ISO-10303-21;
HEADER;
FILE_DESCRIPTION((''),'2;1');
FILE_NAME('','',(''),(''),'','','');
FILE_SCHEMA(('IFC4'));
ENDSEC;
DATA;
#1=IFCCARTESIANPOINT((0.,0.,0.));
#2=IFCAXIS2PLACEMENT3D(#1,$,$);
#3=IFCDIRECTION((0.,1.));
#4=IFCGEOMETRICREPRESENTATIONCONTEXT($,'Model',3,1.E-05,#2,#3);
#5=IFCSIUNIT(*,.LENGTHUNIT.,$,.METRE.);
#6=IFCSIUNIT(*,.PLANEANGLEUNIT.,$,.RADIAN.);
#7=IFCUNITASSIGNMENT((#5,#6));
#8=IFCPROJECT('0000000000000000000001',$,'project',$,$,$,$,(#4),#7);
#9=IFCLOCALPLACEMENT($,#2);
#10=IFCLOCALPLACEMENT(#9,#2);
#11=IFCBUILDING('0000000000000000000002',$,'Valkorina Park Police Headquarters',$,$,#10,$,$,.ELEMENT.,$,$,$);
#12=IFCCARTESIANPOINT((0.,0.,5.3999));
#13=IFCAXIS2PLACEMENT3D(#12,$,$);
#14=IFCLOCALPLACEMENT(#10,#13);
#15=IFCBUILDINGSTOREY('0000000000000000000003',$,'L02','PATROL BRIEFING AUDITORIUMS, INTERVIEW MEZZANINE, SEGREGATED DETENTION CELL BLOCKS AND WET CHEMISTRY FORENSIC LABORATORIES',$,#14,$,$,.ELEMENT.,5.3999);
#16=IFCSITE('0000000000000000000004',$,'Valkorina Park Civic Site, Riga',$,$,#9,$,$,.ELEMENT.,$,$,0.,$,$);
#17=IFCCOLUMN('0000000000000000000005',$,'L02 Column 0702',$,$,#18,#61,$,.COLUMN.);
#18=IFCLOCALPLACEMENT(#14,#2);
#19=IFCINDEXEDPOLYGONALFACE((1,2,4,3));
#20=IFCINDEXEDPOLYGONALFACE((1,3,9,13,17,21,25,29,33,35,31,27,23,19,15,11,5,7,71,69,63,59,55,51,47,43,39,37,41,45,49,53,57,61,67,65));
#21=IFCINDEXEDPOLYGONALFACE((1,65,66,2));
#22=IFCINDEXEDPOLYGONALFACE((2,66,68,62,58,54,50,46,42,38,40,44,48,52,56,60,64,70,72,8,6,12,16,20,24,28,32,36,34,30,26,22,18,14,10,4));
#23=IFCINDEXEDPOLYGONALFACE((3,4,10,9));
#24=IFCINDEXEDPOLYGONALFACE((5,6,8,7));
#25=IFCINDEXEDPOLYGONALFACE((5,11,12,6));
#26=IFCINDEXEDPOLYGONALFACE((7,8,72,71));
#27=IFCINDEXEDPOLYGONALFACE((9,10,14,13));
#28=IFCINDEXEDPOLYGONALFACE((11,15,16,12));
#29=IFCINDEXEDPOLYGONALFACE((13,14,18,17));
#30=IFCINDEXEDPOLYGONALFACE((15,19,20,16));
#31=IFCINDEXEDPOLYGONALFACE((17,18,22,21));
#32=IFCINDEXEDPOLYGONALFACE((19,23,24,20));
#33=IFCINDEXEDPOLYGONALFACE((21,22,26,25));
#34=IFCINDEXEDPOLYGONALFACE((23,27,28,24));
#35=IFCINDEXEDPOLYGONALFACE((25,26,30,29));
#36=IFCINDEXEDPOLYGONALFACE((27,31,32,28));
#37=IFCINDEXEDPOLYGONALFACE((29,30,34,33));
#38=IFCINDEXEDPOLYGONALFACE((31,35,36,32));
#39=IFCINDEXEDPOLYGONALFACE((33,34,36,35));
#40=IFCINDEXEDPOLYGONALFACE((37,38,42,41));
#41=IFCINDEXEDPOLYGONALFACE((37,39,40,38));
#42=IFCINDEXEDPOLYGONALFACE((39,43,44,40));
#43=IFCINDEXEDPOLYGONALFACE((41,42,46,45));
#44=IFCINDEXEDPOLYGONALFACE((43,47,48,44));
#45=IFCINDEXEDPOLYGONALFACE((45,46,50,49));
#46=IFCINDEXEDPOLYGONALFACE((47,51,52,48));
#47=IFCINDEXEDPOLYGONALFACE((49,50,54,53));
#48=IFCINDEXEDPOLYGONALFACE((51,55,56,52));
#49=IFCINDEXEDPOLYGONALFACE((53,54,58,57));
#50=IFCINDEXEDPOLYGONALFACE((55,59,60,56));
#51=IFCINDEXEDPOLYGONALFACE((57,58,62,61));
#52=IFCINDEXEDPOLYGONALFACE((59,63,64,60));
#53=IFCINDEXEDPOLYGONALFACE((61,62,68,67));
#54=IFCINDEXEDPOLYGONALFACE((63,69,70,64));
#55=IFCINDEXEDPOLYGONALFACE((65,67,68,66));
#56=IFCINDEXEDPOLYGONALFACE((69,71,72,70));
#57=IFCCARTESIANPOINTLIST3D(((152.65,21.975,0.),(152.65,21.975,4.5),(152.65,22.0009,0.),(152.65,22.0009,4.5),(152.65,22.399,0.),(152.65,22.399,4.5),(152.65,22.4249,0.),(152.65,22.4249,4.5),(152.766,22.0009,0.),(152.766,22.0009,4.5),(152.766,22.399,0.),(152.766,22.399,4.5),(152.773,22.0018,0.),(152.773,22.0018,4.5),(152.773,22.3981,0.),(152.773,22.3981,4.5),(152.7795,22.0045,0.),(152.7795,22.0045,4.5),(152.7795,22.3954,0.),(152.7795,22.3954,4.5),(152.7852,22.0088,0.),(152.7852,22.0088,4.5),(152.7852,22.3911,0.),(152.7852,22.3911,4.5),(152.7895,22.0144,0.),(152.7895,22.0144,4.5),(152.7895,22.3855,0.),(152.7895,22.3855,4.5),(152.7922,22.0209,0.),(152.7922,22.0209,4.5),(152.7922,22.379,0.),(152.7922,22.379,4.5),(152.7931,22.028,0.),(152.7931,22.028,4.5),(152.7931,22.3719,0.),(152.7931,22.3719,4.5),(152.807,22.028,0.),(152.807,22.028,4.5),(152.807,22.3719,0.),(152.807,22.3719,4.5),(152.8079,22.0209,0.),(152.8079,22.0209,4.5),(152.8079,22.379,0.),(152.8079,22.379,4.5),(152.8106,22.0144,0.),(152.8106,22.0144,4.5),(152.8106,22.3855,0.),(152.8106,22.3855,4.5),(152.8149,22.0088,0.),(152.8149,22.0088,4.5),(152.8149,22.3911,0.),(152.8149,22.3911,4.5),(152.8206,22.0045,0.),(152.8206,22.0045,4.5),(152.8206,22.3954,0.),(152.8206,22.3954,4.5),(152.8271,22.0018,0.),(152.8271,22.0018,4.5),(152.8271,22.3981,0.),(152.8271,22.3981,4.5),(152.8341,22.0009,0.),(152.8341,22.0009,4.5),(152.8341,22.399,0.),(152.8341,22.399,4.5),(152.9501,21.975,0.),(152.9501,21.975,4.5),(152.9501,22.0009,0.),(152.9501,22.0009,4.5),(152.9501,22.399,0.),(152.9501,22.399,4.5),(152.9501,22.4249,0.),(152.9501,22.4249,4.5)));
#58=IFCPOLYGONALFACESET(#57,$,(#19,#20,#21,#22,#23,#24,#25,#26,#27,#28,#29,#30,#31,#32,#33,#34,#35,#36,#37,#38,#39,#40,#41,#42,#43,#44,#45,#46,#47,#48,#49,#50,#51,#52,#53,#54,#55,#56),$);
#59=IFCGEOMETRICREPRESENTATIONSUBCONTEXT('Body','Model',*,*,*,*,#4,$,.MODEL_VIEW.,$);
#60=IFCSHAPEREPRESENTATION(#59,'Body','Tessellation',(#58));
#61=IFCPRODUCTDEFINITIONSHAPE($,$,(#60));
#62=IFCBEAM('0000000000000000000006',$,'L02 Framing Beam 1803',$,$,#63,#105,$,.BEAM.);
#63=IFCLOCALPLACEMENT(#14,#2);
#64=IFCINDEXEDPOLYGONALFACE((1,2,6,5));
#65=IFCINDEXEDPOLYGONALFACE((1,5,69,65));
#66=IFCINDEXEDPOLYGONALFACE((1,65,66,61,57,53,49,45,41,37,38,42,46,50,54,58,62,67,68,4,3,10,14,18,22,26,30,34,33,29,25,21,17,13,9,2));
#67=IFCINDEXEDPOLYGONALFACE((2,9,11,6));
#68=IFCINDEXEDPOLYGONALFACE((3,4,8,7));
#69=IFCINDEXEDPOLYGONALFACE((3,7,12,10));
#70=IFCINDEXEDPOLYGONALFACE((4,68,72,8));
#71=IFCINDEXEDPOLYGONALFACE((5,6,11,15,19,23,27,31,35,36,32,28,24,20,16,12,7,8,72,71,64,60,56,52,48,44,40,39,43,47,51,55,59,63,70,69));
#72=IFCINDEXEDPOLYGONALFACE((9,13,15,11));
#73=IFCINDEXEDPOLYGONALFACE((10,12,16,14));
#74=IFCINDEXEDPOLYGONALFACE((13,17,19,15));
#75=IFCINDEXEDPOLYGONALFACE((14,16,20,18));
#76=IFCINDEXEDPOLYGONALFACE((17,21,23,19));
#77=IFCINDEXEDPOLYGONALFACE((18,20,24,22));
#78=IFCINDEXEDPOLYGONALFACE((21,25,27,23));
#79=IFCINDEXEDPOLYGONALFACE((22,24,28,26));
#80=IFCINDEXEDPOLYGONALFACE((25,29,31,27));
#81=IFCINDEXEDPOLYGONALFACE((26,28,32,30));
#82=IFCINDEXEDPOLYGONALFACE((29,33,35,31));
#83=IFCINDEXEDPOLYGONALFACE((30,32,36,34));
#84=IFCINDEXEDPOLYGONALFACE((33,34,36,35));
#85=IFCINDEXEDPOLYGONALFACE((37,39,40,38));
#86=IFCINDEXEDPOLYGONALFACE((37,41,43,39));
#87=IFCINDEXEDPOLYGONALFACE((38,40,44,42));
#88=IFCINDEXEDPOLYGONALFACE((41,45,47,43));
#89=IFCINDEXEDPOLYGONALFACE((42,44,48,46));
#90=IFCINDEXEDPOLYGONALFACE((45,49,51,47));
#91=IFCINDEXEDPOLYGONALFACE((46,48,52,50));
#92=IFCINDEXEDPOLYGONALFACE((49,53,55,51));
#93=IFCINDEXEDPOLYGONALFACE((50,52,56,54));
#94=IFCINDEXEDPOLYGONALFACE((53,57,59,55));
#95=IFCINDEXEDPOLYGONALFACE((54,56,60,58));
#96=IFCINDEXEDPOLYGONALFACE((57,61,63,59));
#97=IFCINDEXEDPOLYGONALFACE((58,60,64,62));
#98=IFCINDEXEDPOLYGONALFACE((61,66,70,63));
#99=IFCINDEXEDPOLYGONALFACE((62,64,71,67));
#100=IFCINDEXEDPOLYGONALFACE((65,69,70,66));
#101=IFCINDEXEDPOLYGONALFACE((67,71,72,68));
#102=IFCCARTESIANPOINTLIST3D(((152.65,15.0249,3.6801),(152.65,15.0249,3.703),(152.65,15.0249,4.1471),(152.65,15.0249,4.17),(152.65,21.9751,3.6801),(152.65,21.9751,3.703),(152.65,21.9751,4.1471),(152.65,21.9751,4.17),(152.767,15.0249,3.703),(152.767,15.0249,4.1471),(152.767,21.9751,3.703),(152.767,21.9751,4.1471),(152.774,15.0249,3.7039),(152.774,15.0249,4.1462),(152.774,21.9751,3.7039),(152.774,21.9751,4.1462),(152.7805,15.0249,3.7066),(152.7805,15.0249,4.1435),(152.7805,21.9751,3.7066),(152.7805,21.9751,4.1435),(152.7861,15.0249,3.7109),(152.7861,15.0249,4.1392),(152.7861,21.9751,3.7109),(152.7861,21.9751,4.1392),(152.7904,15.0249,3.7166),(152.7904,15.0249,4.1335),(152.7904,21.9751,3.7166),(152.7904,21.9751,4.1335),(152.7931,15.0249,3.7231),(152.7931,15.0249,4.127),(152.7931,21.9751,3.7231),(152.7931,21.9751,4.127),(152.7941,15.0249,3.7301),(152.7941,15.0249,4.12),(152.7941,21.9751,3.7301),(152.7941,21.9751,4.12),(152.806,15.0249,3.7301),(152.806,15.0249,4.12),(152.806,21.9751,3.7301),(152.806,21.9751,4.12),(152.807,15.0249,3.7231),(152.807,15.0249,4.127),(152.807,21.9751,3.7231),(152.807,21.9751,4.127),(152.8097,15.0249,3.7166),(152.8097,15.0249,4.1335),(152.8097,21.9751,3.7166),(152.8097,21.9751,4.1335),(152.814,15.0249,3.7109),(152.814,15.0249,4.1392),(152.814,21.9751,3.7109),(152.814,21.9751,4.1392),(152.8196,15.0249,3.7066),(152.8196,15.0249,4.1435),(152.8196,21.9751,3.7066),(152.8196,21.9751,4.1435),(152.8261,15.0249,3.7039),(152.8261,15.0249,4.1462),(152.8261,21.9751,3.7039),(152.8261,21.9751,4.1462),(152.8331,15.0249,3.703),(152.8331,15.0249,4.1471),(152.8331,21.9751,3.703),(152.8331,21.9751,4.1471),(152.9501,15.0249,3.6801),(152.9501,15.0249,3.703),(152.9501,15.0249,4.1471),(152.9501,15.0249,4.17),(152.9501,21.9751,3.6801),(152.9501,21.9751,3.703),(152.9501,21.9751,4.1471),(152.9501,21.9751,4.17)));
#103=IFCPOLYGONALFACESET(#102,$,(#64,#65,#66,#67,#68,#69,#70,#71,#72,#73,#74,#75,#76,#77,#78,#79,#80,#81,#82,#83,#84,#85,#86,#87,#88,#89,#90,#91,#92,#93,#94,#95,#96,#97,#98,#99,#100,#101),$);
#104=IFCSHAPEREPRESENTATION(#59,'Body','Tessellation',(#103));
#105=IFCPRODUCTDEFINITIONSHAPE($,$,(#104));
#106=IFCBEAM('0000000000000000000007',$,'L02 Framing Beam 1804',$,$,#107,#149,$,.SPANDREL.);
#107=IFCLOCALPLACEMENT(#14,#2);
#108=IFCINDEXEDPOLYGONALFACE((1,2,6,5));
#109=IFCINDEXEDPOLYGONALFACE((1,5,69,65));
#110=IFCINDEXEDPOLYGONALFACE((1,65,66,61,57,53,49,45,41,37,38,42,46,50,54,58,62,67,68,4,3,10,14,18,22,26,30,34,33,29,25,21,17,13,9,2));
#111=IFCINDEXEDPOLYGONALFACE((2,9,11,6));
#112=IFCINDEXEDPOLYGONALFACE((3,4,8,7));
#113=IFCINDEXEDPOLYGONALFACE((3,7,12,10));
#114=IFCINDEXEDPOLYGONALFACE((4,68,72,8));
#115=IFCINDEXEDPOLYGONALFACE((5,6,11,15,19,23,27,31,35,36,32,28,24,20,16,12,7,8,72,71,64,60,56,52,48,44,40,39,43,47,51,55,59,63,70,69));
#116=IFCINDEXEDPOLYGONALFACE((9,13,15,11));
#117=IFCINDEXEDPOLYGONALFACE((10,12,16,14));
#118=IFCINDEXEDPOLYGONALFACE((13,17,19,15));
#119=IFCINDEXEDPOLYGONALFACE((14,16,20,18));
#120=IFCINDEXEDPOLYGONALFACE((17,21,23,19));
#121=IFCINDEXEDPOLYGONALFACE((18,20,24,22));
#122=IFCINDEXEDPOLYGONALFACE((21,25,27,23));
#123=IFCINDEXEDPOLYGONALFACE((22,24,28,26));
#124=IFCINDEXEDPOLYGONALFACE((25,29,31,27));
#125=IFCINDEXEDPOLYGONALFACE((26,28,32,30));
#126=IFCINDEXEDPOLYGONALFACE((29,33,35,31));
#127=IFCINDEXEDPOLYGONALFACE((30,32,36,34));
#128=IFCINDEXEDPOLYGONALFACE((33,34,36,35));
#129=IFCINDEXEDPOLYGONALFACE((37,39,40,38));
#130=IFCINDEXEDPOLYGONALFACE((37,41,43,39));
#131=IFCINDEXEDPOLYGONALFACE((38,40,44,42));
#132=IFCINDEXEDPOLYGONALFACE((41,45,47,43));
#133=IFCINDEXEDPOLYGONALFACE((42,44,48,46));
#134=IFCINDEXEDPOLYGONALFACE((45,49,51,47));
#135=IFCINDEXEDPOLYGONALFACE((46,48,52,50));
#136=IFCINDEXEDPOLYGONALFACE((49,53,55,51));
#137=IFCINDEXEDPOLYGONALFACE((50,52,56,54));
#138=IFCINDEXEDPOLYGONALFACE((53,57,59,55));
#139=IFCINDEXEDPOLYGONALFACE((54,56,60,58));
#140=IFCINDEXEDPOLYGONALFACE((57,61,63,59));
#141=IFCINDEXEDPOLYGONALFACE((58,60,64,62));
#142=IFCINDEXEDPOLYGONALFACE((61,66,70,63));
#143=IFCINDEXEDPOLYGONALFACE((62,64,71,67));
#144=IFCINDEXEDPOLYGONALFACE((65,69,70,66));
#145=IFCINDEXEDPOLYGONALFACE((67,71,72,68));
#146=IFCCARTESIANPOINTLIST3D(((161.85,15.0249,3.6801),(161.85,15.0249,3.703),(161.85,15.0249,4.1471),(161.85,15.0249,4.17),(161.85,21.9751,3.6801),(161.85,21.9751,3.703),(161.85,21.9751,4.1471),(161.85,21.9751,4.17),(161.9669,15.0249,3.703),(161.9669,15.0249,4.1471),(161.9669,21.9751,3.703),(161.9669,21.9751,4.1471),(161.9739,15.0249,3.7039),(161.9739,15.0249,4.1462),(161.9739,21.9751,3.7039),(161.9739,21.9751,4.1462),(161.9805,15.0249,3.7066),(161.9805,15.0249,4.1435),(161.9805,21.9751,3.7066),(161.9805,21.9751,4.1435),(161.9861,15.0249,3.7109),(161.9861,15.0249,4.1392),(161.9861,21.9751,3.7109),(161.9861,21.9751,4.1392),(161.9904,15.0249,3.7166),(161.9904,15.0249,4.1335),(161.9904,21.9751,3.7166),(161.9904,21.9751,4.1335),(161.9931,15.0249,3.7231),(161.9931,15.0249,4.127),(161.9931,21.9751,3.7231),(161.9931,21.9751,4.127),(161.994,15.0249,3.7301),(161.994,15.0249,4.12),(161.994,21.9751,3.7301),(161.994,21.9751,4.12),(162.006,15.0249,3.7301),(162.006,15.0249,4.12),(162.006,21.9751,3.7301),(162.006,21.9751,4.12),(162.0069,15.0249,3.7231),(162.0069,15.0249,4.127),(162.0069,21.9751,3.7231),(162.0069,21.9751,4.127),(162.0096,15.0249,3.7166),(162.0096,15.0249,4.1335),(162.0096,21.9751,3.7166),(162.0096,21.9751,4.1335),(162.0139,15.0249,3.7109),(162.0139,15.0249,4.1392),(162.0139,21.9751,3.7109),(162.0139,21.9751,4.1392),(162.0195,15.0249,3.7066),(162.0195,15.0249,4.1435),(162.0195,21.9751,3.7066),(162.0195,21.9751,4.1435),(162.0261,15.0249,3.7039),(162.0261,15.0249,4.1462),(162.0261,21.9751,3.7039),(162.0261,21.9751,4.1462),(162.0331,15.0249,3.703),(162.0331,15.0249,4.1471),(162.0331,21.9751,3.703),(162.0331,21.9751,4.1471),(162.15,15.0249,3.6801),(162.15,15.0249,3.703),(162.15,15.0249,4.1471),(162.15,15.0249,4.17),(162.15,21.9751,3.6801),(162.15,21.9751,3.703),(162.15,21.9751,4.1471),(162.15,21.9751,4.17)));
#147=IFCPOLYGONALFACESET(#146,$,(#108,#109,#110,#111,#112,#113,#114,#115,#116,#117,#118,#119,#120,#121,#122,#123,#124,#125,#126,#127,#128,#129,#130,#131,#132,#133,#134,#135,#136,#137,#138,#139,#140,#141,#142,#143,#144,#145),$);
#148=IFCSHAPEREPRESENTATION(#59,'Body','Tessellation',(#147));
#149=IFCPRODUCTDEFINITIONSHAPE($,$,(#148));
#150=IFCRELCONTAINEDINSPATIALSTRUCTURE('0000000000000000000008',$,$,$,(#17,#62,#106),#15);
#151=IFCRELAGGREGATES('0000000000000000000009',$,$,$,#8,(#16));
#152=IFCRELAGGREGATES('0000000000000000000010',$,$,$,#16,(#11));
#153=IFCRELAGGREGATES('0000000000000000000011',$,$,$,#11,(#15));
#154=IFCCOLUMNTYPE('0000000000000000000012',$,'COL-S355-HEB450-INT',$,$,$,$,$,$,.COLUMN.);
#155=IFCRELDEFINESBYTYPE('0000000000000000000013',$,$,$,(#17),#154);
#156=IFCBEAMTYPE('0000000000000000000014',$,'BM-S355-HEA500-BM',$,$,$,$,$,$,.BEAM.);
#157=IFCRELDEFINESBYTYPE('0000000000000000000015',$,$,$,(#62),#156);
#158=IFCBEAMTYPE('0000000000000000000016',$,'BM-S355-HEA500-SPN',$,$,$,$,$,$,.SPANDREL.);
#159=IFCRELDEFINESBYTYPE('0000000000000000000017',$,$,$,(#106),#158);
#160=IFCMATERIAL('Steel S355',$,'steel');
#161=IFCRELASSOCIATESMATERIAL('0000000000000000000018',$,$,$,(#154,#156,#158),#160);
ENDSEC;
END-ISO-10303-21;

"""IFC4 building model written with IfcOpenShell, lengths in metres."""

from ifc_helpers import new_model, si_unit, direction, frame, origin, origin_2d, place, context, subcontext, project, spatial, i_section, extrude, material, material_profile, profile_set, type_object, element, save


model = new_model("IFC4")

# Units and contexts
model_context = context("Model", 3, precision=1e-05, world=origin(), true_north=direction((0.0, 1.0)))
body_context = subcontext(model_context, "Body", "Model", "MODEL_VIEW")
ifc_project = project(units=[si_unit("LENGTHUNIT", "METRE"), si_unit("PLANEANGLEUNIT", "RADIAN")], contexts=[model_context])

# Site, building, storey
site_placement = place(None, origin())
site = spatial("IfcSite", under=ifc_project, at=site_placement, Name="Valkorina Park Civic Site, Riga", CompositionType="ELEMENT", RefElevation=0.0)
building_placement = place(site_placement, origin())
building = spatial("IfcBuilding", under=site, at=building_placement, Name="Valkorina Park Police Headquarters", CompositionType="ELEMENT")
storey_placement = place(building_placement, frame((0.0, 0.0, 5.3999)))
storey = spatial("IfcBuildingStorey", under=building, at=storey_placement, Name="L02", Description="PATROL BRIEFING AUDITORIUMS, INTERVIEW MEZZANINE, SEGREGATED DETENTION CELL BLOCKS AND WET CHEMISTRY FORENSIC LABORATORIES", CompositionType="ELEMENT", Elevation=5.3999)

# Column
ifc_material_1 = material(Name="Steel S355", Category="steel")
ifc_material_profile_1 = material_profile(ifc_material_1, i_section(OverallWidth=0.3, OverallDepth=0.45, WebThickness=0.0139, FlangeThickness=0.0259, FilletRadius=0.0271, at=origin_2d()), Name="HEB 450")
ifc_profile_set_1 = profile_set([ifc_material_profile_1], Name="Steel S355")
column_type = type_object("IfcColumnType", Name="COL-S355-HEB450-INT", PredefinedType="COLUMN", material=ifc_profile_set_1)
column_placement = place(storey_placement, frame((152.8, 22.2, 0.0), z_axis=(0.0, 0.0, 1.0), x_axis=(1.0, 0.0, 0.0)))
element("IfcColumn", 1, at=column_placement, inside=storey, type_object=column_type, Name="L02 Column 0702", PredefinedType="COLUMN", context=body_context, shape_type="SweptSolid", body=[
    extrude(i_section(OverallWidth=0.3, OverallDepth=0.45, WebThickness=0.0139, FlangeThickness=0.0259, FilletRadius=0.0271, at=origin_2d()), origin(), (0.0, 0.0, 1.0), 4.5),
])

# Beams
ifc_material_profile_2 = material_profile(ifc_material_1, i_section(OverallWidth=0.3, OverallDepth=0.49, WebThickness=0.012, FlangeThickness=0.0229, FilletRadius=0.0271, at=origin_2d()), Name="HEA 500")
ifc_profile_set_2 = profile_set([ifc_material_profile_2], Name="Steel S355")
beam_type_1 = type_object("IfcBeamType", Name="BM-S355-HEA500-BM", PredefinedType="BEAM", material=ifc_profile_set_2)
beam_1_placement = place(storey_placement, frame((152.8, 15.0249, 3.925), z_axis=(0.0, 1.0, 0.0), x_axis=(-1.0, 0.0, 0.0)))
element("IfcBeam", 2, at=beam_1_placement, inside=storey, type_object=beam_type_1, Name="L02 Framing Beam 1803", PredefinedType="BEAM", context=body_context, shape_type="SweptSolid", body=[
    extrude(i_section(OverallWidth=0.3, OverallDepth=0.49, WebThickness=0.012, FlangeThickness=0.0229, FilletRadius=0.0271, at=origin_2d()), origin(), (0.0, 0.0, 1.0), 6.9502),
])
ifc_material_profile_3 = material_profile(ifc_material_1, i_section(OverallWidth=0.3, OverallDepth=0.49, WebThickness=0.012, FlangeThickness=0.0229, FilletRadius=0.0271, at=origin_2d()), Name="HEA 500")
ifc_profile_set_3 = profile_set([ifc_material_profile_3], Name="Steel S355")
beam_type_2 = type_object("IfcBeamType", Name="BM-S355-HEA500-SPN", PredefinedType="SPANDREL", material=ifc_profile_set_3)
beam_2_placement = place(storey_placement, frame((162.0, 15.0249, 3.925), z_axis=(0.0, 1.0, 0.0), x_axis=(-1.0, 0.0, 0.0)))
element("IfcBeam", 3, at=beam_2_placement, inside=storey, type_object=beam_type_2, Name="L02 Framing Beam 1804", PredefinedType="SPANDREL", context=body_context, shape_type="SweptSolid", body=[
    extrude(i_section(OverallWidth=0.3, OverallDepth=0.49, WebThickness=0.012, FlangeThickness=0.0229, FilletRadius=0.0271, at=origin_2d()), origin(), (0.0, 0.0, 1.0), 6.9502),
])

save(model, "model.ifc")
